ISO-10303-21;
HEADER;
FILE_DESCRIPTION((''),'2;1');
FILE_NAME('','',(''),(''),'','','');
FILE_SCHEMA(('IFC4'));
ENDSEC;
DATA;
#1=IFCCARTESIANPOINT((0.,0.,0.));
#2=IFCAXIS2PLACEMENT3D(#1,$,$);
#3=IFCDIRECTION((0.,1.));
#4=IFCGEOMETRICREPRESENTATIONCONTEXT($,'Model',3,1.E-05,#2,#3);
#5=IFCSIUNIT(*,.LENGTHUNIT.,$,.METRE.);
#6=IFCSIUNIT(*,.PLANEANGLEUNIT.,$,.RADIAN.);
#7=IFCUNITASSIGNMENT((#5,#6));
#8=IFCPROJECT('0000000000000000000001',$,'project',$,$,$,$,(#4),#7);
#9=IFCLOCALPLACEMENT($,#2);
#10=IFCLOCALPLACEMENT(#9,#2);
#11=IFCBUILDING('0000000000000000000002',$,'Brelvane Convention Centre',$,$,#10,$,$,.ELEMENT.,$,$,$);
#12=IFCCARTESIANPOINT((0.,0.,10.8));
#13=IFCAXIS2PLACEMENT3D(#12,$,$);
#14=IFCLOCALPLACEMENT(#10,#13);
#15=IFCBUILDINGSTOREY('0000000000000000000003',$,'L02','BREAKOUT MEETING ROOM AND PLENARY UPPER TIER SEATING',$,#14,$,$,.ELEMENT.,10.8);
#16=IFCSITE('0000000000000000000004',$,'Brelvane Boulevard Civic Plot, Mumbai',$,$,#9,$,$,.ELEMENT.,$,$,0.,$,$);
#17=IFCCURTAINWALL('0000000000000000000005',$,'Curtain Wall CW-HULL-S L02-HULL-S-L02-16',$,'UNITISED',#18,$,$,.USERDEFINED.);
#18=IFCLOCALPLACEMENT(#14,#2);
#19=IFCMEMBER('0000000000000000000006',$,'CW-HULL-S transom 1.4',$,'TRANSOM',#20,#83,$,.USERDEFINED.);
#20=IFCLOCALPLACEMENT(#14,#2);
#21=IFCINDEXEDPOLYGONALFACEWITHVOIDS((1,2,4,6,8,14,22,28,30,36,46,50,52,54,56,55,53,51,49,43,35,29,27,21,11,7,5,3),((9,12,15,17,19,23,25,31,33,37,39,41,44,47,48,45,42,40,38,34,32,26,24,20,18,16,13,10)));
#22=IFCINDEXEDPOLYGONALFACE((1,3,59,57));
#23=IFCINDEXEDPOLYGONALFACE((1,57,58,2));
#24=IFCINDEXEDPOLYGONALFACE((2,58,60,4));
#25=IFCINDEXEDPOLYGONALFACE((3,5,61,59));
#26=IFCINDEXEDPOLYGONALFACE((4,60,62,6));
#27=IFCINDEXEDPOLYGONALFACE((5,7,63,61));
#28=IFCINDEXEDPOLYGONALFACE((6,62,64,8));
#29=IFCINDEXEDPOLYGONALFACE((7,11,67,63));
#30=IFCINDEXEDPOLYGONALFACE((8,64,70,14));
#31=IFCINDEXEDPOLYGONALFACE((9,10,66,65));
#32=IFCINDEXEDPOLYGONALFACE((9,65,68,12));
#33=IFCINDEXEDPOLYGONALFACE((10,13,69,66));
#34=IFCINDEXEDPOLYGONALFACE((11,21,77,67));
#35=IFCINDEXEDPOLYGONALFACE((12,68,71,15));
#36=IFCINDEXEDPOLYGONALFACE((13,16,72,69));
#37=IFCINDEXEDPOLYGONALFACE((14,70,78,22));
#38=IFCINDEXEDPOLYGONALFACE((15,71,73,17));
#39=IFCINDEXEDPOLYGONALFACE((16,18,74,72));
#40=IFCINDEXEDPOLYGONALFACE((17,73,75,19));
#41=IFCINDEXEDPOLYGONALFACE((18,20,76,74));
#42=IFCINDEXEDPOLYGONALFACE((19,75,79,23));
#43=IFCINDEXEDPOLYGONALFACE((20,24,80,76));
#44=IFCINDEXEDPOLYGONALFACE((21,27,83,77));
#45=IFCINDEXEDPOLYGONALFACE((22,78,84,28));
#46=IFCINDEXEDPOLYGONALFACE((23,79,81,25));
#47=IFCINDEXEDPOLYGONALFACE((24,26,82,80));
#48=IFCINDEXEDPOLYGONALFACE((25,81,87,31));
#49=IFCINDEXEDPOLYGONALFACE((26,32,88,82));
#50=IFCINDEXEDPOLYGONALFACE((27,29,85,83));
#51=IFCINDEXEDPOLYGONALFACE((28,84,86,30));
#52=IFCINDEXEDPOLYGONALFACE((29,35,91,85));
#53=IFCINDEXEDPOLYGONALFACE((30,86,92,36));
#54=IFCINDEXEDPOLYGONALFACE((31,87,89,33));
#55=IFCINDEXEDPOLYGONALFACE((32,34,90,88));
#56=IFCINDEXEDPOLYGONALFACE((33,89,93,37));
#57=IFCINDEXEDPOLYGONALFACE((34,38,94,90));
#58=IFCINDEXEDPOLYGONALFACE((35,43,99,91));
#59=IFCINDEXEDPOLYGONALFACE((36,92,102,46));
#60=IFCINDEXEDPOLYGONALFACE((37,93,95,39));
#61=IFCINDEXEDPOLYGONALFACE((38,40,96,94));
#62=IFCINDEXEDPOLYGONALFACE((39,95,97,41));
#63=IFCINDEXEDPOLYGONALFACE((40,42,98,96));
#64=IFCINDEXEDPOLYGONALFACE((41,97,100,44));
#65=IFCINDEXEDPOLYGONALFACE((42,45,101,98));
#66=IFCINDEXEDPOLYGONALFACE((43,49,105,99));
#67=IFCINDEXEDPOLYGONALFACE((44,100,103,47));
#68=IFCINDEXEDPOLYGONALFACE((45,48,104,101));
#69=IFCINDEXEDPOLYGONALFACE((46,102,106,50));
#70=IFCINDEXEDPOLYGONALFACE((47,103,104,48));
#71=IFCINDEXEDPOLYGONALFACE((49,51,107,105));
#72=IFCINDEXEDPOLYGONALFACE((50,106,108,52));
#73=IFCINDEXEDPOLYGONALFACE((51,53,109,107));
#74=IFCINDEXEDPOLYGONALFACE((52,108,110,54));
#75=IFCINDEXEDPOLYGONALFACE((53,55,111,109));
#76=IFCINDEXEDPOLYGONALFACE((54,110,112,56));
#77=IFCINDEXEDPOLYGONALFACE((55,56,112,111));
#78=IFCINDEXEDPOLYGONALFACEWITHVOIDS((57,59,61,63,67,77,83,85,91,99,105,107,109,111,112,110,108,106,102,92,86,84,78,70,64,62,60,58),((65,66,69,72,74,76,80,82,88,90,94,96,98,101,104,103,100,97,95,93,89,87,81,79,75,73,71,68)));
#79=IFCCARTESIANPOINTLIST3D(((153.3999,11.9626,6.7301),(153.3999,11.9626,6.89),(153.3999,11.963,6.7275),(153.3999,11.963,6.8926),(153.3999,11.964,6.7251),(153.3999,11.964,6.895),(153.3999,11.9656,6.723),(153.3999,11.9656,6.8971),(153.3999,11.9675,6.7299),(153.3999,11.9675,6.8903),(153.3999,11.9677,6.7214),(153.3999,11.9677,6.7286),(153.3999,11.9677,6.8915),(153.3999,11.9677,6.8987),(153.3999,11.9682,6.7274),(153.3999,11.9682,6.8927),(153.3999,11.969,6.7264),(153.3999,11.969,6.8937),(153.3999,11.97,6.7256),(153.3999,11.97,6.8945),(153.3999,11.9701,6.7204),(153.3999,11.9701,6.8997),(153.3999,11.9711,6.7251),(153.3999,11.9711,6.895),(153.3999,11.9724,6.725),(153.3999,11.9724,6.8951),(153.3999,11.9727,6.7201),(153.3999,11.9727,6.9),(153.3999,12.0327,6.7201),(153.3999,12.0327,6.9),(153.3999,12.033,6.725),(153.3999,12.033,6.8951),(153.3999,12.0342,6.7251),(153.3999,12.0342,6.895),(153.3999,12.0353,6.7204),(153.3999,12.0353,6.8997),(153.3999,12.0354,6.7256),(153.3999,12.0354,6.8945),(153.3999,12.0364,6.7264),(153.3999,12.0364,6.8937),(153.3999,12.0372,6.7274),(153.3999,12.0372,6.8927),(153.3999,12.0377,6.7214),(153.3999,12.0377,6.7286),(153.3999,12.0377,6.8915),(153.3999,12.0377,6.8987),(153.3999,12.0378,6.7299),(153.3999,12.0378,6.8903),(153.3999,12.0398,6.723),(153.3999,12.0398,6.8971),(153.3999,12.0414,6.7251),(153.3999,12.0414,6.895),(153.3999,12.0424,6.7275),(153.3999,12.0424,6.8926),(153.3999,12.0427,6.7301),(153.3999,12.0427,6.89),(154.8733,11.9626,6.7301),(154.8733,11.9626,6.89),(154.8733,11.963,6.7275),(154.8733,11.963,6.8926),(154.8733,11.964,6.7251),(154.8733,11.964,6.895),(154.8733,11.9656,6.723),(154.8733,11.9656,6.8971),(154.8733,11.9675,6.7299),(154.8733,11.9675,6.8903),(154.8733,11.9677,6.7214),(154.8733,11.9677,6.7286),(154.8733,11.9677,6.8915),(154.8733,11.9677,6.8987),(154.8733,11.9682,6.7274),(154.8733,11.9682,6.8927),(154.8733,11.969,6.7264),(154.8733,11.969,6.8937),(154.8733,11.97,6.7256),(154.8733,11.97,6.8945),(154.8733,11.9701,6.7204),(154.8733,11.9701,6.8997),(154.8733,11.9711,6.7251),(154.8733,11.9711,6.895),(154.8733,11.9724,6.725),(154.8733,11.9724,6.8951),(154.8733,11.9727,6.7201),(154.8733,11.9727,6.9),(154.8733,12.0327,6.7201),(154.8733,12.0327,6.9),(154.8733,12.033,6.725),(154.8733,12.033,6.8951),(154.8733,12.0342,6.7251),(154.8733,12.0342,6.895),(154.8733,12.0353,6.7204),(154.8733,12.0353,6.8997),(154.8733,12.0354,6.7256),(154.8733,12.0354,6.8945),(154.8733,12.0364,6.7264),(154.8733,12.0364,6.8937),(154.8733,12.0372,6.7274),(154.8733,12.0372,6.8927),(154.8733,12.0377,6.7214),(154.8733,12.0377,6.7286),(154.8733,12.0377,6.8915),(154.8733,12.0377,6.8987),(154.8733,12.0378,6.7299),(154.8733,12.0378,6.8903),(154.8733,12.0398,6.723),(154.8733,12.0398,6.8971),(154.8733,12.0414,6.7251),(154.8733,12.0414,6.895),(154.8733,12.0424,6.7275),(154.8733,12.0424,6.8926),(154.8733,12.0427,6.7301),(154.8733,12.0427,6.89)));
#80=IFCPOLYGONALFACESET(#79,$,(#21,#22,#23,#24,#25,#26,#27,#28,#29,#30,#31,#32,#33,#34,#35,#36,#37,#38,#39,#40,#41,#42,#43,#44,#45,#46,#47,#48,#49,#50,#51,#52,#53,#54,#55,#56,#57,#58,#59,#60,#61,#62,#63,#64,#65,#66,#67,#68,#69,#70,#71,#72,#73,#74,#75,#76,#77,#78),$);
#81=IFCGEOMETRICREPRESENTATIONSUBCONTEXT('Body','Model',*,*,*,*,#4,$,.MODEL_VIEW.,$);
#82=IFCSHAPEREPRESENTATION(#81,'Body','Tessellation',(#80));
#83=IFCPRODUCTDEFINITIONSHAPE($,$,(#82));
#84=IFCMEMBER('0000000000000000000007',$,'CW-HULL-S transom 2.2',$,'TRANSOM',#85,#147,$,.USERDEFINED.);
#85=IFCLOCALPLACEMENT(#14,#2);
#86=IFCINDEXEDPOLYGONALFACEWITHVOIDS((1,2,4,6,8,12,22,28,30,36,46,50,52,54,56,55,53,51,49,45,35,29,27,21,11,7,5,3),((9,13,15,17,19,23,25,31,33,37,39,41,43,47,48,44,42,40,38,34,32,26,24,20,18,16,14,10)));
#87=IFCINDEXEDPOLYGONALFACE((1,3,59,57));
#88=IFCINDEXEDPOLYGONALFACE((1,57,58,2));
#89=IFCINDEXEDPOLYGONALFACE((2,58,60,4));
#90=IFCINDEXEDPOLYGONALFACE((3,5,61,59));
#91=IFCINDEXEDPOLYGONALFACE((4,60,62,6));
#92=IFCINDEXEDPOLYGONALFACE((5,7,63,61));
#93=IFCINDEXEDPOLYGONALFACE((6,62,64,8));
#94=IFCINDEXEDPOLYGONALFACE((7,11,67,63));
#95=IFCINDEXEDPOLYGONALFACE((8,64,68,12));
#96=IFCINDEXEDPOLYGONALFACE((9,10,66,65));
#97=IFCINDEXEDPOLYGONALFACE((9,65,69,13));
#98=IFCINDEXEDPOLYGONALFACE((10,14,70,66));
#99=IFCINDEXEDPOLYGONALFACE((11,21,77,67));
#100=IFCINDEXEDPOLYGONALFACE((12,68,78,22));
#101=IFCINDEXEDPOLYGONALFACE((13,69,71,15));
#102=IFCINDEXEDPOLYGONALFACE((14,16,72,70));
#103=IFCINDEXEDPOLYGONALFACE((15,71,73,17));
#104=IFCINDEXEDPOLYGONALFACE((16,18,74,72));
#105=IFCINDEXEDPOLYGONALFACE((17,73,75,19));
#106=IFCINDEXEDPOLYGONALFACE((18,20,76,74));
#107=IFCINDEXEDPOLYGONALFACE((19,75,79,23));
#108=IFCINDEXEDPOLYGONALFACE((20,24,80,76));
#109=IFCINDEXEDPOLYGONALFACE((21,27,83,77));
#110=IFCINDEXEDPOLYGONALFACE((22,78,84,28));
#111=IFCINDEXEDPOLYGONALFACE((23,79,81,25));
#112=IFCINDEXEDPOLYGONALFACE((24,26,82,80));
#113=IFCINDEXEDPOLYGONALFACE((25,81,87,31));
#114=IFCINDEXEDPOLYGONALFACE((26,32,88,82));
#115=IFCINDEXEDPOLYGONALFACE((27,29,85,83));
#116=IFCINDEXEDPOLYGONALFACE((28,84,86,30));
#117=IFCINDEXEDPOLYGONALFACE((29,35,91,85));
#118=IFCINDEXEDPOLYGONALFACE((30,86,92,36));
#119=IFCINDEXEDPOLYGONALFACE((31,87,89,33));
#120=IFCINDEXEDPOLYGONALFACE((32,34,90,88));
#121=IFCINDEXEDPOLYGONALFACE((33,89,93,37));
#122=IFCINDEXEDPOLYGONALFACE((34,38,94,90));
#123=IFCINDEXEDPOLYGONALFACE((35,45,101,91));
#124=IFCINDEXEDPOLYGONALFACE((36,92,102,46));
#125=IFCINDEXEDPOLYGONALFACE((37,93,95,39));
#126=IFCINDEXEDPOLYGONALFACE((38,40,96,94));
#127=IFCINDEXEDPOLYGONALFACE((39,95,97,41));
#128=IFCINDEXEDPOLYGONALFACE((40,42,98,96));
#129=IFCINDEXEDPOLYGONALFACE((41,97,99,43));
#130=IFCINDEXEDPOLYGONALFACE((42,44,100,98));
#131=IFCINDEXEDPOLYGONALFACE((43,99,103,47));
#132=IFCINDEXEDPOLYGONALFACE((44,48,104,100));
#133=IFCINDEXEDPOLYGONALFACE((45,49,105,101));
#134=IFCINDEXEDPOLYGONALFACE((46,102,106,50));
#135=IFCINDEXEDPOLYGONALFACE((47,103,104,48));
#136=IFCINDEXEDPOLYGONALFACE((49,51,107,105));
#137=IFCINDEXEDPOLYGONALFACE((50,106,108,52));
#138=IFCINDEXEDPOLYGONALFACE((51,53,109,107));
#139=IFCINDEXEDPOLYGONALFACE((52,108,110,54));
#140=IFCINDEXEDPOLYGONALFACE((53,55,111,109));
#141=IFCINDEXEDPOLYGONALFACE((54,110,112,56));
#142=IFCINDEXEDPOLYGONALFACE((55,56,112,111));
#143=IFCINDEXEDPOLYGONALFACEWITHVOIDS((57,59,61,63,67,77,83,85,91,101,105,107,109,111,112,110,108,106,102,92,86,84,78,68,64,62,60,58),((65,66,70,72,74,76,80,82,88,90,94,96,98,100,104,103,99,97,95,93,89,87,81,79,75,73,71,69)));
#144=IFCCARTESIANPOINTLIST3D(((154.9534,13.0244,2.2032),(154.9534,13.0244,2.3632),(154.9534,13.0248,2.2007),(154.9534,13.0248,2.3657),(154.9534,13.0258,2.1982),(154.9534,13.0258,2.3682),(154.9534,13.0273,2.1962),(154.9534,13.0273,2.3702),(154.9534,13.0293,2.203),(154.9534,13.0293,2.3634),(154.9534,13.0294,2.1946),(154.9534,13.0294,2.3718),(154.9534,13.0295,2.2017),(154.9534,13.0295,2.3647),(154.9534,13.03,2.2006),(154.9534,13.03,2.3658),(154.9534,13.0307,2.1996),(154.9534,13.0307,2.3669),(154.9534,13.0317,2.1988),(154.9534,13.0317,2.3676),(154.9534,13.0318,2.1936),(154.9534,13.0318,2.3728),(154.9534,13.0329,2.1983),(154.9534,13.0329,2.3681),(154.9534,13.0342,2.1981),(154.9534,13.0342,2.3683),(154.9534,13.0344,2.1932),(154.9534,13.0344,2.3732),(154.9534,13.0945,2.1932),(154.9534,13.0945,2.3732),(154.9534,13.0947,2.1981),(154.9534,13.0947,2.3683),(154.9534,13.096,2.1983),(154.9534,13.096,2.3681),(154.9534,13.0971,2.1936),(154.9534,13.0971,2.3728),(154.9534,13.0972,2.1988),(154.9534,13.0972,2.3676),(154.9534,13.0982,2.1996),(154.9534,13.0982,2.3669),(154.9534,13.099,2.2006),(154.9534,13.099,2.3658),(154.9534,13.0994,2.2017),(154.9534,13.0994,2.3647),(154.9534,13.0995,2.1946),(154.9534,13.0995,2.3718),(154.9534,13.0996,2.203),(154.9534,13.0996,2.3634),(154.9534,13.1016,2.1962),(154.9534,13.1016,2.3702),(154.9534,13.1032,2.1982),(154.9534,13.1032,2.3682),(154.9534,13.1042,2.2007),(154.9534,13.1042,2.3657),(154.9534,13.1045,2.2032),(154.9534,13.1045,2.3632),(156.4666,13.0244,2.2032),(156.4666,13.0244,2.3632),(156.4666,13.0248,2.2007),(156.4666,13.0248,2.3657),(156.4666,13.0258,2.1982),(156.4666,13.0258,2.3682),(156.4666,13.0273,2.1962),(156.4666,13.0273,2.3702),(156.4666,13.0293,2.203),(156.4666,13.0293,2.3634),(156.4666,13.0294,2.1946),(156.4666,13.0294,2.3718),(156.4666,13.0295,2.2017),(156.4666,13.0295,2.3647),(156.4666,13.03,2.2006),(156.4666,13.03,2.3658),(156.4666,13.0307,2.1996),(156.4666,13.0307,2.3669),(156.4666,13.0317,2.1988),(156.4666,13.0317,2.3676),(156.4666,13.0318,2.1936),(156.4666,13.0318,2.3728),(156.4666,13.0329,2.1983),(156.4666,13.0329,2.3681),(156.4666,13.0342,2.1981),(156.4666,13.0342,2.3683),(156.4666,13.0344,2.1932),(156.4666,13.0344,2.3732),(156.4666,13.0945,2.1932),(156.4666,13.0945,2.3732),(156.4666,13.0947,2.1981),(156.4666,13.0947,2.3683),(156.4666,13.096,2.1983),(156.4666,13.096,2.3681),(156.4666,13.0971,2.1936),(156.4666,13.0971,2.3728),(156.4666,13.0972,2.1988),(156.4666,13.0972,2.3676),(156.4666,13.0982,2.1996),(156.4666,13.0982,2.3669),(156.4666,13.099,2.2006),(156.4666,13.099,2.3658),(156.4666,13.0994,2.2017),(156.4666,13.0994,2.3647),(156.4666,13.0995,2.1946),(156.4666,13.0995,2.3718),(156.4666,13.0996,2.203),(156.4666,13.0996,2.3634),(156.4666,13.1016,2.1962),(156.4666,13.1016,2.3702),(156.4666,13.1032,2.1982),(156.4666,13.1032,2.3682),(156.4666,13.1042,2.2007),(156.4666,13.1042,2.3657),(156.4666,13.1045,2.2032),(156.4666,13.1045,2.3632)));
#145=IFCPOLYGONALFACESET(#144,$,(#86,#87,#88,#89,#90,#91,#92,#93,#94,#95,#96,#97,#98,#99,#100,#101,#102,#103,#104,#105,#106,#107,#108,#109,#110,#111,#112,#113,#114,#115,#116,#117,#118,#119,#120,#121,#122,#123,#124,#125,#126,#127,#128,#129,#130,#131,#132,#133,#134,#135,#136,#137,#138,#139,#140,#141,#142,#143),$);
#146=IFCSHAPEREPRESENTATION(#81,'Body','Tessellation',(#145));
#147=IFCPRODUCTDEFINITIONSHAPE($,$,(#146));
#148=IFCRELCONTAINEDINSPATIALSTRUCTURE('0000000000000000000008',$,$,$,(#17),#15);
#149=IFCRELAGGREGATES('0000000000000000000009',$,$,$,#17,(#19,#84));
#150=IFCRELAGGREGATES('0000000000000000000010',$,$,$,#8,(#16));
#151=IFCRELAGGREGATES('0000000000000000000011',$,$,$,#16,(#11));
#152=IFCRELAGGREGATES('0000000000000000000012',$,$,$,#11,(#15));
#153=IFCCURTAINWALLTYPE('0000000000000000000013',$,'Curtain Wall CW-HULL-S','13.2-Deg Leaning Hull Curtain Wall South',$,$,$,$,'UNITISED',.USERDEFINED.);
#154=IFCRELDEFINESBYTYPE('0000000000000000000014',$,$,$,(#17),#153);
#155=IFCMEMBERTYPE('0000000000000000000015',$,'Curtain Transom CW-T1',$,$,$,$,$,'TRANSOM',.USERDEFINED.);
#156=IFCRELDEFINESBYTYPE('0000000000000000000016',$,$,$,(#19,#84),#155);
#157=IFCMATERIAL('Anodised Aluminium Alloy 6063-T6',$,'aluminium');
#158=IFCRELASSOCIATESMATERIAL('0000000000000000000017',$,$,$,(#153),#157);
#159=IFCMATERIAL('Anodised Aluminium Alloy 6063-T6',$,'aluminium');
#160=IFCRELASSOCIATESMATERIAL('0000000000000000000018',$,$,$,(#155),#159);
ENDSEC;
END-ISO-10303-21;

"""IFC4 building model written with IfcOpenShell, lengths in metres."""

from ifc_helpers import new_model, si_unit, direction, frame, origin, origin_2d, place, context, subcontext, project, spatial, hollow_rectangle, extrude, material, material_profile, profile_set, type_object, element, aggregate, save


model = new_model("IFC4")

# Units and contexts
model_context = context("Model", 3, precision=1e-05, world=origin(), true_north=direction((0.0, 1.0)))
body_context = subcontext(model_context, "Body", "Model", "MODEL_VIEW")
ifc_project = project(units=[si_unit("LENGTHUNIT", "METRE"), si_unit("PLANEANGLEUNIT", "RADIAN")], contexts=[model_context])

# Site, building, storey
site_placement = place(None, origin())
site = spatial("IfcSite", under=ifc_project, at=site_placement, Name="Brelvane Boulevard Civic Plot, Mumbai", CompositionType="ELEMENT", RefElevation=0.0)
building_placement = place(site_placement, origin())
building = spatial("IfcBuilding", under=site, at=building_placement, Name="Brelvane Convention Centre", CompositionType="ELEMENT")
storey_placement = place(building_placement, frame((0.0, 0.0, 10.8)))
storey = spatial("IfcBuildingStorey", under=building, at=storey_placement, Name="L02", Description="BREAKOUT MEETING ROOM AND PLENARY UPPER TIER SEATING", CompositionType="ELEMENT", Elevation=10.8)

# Curtain wall, members
ifc_material_1 = material(Name="Anodised Aluminium Alloy 6063-T6", Category="aluminium")
curtain_wall_type = type_object("IfcCurtainWallType", Name="Curtain Wall CW-HULL-S", Description="13.2-Deg Leaning Hull Curtain Wall South", ElementType="UNITISED", PredefinedType="USERDEFINED", material=ifc_material_1)
ifc_material_2 = material(Name="Anodised Aluminium Alloy 6063-T6", Category="aluminium")
ifc_material_profile = material_profile(ifc_material_2, hollow_rectangle(XDim=0.0801, YDim=0.1799, WallThickness=0.0049, InnerFilletRadius=0.0049, OuterFilletRadius=0.01, at=origin_2d()), Name="ALU-T 180x80x5.0")
ifc_profile_set = profile_set([ifc_material_profile], Name="Anodised Aluminium Alloy 6063-T6")
member_type = type_object("IfcMemberType", Name="Curtain Transom CW-T1", ElementType="TRANSOM", PredefinedType="USERDEFINED", material=ifc_profile_set)
curtain_wall_1_placement = place(storey_placement, origin())
curtain_wall_1 = element("IfcCurtainWall", 1, at=curtain_wall_1_placement, inside=storey, type_object=curtain_wall_type, Name="Curtain Wall CW-HULL-S L02-HULL-S-L02-16", ObjectType="UNITISED", PredefinedType="USERDEFINED")
member_1_placement = place(storey_placement, frame((153.3999, 12.0027, 6.8101), z_axis=(1.0, 0.0, 0.0), x_axis=(0.0, 1.0, 0.0)))
member_1 = element("IfcMember", 2, at=member_1_placement, type_object=member_type, Name="CW-HULL-S transom 1.4", ObjectType="TRANSOM", PredefinedType="USERDEFINED", context=body_context, shape_type="SweptSolid", body=[
    extrude(hollow_rectangle(XDim=0.0801, YDim=0.1799, WallThickness=0.0049, InnerFilletRadius=0.0049, OuterFilletRadius=0.01, at=origin_2d()), origin(), (0.0, 0.0, 1.0), 1.4734),
])
member_2_placement = place(storey_placement, frame((154.9534, 13.0645, 2.2832), z_axis=(1.0, 0.0, 0.0), x_axis=(0.0, 1.0, 0.0)))
member_2 = element("IfcMember", 3, at=member_2_placement, type_object=member_type, Name="CW-HULL-S transom 2.2", ObjectType="TRANSOM", PredefinedType="USERDEFINED", context=body_context, shape_type="SweptSolid", body=[
    extrude(hollow_rectangle(XDim=0.0801, YDim=0.1799, WallThickness=0.0049, InnerFilletRadius=0.0049, OuterFilletRadius=0.01, at=origin_2d()), origin(), (0.0, 0.0, 1.0), 1.5132),
])

aggregate(curtain_wall_1, [member_1, member_2])

save(model, "model.ifc")
